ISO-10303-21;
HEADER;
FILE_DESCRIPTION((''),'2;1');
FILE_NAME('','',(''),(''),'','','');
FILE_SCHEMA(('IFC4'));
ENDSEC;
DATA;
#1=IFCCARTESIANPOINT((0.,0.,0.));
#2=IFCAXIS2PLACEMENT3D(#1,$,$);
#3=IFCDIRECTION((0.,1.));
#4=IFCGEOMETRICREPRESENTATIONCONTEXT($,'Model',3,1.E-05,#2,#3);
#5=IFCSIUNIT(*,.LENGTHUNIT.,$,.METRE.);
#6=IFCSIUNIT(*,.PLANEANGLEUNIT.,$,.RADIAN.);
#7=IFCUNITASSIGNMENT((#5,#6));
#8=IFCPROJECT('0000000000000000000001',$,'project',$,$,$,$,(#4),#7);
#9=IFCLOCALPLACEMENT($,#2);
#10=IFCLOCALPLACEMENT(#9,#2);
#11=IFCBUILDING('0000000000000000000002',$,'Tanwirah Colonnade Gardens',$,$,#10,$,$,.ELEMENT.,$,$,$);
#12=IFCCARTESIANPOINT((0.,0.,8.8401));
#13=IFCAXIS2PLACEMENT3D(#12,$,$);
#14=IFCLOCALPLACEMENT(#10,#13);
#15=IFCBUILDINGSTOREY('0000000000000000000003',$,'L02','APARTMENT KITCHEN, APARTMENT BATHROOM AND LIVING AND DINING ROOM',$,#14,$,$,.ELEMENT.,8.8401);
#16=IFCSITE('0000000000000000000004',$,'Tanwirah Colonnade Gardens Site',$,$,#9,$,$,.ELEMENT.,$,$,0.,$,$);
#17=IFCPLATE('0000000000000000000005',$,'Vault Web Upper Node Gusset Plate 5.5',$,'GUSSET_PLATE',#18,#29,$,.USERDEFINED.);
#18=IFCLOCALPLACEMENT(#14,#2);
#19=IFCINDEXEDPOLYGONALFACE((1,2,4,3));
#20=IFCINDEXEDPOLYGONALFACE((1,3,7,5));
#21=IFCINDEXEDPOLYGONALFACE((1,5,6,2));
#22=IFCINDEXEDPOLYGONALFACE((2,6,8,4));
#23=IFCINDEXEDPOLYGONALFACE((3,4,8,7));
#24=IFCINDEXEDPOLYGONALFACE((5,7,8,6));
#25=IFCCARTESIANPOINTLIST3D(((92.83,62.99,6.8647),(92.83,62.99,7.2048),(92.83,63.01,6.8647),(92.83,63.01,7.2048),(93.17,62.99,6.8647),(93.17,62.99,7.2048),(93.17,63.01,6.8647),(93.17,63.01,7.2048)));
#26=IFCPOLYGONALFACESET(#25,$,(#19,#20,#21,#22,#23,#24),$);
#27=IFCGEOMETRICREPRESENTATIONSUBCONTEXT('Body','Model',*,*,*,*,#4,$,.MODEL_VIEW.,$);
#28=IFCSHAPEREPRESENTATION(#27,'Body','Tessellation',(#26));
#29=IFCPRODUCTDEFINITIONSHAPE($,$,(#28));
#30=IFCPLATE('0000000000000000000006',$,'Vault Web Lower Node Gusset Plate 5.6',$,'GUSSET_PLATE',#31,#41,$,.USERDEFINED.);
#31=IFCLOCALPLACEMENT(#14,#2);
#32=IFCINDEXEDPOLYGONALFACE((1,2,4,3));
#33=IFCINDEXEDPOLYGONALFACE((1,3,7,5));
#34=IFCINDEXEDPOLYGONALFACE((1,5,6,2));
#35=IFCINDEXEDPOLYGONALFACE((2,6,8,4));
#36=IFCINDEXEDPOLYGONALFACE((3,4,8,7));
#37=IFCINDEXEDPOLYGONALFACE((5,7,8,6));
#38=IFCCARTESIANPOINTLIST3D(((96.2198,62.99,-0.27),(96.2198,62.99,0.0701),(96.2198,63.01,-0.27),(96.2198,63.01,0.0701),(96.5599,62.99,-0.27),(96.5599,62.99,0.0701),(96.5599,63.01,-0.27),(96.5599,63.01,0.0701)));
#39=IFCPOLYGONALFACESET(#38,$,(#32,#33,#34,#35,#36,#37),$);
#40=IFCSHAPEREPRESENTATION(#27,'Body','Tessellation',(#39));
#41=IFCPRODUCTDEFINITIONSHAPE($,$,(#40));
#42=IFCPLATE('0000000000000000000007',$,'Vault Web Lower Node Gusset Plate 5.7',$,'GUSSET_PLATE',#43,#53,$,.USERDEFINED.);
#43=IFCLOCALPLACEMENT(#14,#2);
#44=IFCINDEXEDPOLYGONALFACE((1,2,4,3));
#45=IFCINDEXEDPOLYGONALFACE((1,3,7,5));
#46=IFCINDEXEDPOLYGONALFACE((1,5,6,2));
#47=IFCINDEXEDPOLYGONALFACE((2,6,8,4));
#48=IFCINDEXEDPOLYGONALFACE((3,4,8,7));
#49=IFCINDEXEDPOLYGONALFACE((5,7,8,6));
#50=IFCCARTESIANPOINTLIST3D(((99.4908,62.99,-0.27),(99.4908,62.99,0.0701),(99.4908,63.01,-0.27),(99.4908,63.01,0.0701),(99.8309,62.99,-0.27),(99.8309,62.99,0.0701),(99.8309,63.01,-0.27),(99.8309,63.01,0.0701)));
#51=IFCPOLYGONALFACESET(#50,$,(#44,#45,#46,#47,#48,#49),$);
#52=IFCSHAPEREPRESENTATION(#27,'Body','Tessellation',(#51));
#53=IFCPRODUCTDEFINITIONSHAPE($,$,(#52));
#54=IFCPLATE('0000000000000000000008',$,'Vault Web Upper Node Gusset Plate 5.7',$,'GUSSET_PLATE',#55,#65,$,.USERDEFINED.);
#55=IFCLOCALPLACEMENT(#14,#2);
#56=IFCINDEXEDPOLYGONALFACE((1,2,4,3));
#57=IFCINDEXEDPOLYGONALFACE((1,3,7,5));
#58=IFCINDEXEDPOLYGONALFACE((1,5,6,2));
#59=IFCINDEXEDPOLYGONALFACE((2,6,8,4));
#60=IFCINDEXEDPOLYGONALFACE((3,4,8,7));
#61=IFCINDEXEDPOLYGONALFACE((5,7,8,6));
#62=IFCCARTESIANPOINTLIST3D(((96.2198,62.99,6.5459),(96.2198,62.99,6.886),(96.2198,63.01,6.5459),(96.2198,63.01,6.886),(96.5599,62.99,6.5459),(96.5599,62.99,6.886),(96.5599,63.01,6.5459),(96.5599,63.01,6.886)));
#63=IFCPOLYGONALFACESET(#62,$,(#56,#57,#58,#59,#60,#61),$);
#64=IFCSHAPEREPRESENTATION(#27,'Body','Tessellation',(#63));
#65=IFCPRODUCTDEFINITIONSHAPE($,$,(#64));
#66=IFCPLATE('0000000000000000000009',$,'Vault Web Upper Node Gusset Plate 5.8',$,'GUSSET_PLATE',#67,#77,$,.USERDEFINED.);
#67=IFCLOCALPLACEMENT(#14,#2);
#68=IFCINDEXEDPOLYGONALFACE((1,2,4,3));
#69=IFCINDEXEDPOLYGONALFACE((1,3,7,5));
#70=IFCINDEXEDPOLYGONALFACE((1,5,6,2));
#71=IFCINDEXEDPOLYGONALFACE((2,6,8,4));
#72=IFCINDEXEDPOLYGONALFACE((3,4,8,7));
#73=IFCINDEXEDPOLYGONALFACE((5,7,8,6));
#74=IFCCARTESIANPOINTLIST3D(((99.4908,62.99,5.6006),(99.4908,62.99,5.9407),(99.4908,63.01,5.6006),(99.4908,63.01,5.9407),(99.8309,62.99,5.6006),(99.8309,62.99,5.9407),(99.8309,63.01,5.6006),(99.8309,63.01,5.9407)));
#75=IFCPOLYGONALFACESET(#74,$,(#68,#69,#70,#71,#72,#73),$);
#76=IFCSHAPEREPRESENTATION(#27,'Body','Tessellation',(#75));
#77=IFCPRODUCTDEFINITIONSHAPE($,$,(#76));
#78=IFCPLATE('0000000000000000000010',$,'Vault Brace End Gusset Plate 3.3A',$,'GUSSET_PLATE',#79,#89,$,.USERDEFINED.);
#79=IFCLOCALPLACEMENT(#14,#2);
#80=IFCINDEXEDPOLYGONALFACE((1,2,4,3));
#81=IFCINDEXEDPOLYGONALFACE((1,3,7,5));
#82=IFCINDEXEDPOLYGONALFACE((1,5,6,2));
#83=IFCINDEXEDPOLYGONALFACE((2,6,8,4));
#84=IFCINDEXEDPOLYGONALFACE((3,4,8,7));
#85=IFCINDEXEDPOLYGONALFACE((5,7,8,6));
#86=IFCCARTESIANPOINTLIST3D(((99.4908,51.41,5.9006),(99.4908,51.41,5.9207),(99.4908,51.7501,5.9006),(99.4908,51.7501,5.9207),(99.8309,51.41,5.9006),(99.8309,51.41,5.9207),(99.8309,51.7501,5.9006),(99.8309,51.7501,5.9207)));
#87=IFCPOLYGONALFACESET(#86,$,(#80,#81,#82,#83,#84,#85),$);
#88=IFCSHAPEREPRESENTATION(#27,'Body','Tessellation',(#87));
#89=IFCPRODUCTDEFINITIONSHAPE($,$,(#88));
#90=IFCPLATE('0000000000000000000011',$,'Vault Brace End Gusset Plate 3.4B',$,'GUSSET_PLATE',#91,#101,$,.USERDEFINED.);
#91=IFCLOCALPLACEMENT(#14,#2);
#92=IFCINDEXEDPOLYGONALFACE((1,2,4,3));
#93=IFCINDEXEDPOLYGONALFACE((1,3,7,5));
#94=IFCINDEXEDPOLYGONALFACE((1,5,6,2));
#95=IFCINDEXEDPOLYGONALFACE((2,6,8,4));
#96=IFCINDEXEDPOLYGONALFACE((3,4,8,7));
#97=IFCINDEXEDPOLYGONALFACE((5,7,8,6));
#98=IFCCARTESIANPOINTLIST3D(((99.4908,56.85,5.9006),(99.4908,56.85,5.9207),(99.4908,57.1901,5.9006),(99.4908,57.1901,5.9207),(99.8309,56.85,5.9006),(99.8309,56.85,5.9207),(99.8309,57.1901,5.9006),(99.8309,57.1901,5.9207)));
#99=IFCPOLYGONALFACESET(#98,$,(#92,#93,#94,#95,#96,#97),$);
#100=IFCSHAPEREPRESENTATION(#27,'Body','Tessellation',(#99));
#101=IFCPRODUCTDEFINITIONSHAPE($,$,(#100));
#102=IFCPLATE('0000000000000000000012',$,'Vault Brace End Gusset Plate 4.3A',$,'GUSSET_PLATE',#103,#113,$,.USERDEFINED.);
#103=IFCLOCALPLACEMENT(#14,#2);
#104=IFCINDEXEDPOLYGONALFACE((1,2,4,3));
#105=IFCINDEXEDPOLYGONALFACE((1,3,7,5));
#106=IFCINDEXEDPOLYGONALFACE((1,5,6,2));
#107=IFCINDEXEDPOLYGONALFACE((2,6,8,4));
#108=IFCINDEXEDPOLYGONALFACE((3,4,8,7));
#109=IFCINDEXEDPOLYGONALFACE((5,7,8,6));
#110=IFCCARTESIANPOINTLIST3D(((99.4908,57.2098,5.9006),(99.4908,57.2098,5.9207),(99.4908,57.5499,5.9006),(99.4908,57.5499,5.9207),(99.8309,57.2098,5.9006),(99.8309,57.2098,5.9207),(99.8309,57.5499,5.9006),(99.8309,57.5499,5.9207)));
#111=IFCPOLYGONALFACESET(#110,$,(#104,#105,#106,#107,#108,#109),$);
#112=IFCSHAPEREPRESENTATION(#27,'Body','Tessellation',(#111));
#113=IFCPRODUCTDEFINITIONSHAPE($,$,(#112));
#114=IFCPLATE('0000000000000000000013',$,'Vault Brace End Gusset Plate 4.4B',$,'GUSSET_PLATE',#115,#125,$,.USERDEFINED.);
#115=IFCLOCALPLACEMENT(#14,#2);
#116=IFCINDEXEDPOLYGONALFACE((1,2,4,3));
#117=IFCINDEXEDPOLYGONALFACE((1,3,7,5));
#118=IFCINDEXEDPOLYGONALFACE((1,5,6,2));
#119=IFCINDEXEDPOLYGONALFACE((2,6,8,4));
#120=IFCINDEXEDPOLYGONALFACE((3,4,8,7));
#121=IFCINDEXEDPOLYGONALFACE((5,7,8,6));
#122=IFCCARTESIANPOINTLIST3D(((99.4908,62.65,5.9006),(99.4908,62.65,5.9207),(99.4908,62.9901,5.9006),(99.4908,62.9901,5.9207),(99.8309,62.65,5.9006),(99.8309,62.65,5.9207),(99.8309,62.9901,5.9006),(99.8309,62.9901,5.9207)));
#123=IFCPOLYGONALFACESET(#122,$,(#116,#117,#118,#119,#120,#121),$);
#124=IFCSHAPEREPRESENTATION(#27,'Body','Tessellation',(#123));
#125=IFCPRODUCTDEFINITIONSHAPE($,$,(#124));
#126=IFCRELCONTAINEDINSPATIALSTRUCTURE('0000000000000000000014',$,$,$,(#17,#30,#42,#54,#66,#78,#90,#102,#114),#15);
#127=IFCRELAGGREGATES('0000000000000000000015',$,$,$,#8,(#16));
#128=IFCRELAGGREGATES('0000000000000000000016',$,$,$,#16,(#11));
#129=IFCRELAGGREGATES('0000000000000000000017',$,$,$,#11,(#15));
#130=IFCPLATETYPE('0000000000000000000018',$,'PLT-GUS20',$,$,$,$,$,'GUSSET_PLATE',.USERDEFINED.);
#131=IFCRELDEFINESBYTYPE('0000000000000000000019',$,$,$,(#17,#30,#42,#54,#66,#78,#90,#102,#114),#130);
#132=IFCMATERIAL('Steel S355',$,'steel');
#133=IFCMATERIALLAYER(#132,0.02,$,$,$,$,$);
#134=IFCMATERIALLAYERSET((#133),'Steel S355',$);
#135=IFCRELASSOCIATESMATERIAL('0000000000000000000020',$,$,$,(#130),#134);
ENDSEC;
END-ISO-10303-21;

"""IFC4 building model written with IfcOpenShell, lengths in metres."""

from ifc_helpers import new_model, si_unit, direction, frame, origin, origin_2d, place, context, subcontext, project, spatial, rectangle, extrude, material, layer, layer_set, type_object, element, save


model = new_model("IFC4")

# Units and contexts
model_context = context("Model", 3, precision=1e-05, world=origin(), true_north=direction((0.0, 1.0)))
body_context = subcontext(model_context, "Body", "Model", "MODEL_VIEW")
ifc_project = project(units=[si_unit("LENGTHUNIT", "METRE"), si_unit("PLANEANGLEUNIT", "RADIAN")], contexts=[model_context])

# Site, building, storey
site_placement = place(None, origin())
site = spatial("IfcSite", under=ifc_project, at=site_placement, Name="Tanwirah Colonnade Gardens Site", CompositionType="ELEMENT", RefElevation=0.0)
building_placement = place(site_placement, origin())
building = spatial("IfcBuilding", under=site, at=building_placement, Name="Tanwirah Colonnade Gardens", CompositionType="ELEMENT")
storey_placement = place(building_placement, frame((0.0, 0.0, 8.8401)))
storey = spatial("IfcBuildingStorey", under=building, at=storey_placement, Name="L02", Description="APARTMENT KITCHEN, APARTMENT BATHROOM AND LIVING AND DINING ROOM", CompositionType="ELEMENT", Elevation=8.8401)

# Shared definitions
ifc_material_1 = material(Name="Steel S355", Category="steel")

# Plates
ifc_layer = layer(ifc_material_1, 0.02)
ifc_layer_set = layer_set([ifc_layer], Name="Steel S355")
plate_type = type_object("IfcPlateType", Name="PLT-GUS20", ElementType="GUSSET_PLATE", PredefinedType="USERDEFINED", material=ifc_layer_set)
for number, where, z_axis, x_axis, name in (
    (1, (93.0, 63.0, 6.8647), (0.0, 0.0, 1.0), (1.0, 0.0, 0.0), "Vault Web Upper Node Gusset Plate 5.5"),
    (2, (96.3899, 63.0, -0.27), (0.0, 0.0, 1.0), (1.0, 0.0, 0.0), "Vault Web Lower Node Gusset Plate 5.6"),
    (3, (99.6609, 63.0, -0.27), (0.0, 0.0, 1.0), (1.0, 0.0, 0.0), "Vault Web Lower Node Gusset Plate 5.7"),
    (4, (96.3899, 63.0, 6.5459), (0.0, 0.0, 1.0), (1.0, 0.0, 0.0), "Vault Web Upper Node Gusset Plate 5.7"),
    (5, (99.6609, 63.0, 5.6006), (0.0, 0.0, 1.0), (1.0, 0.0, 0.0), "Vault Web Upper Node Gusset Plate 5.8"),
):
    element("IfcPlate", number, at=place(storey_placement, frame(where, z_axis=z_axis, x_axis=x_axis)), inside=storey, type_object=plate_type, Name=name, ObjectType="GUSSET_PLATE", PredefinedType="USERDEFINED", context=body_context, shape_type="SweptSolid", body=[
        extrude(rectangle(XDim=0.3401, YDim=0.02, at=origin_2d()), origin(), (0.0, 0.0, 1.0), 0.3401),
    ])
for number, where, z_axis, x_axis, name in (
    (6, (99.6609, 51.5801, 5.9006), (0.0, 0.0, 1.0), (1.0, 0.0, 0.0), "Vault Brace End Gusset Plate 3.3A"),
    (7, (99.6609, 57.02, 5.9006), (0.0, 0.0, 1.0), (1.0, 0.0, 0.0), "Vault Brace End Gusset Plate 3.4B"),
    (8, (99.6609, 57.3799, 5.9006), (0.0, 0.0, 1.0), (1.0, 0.0, 0.0), "Vault Brace End Gusset Plate 4.3A"),
    (9, (99.6609, 62.8201, 5.9006), (0.0, 0.0, 1.0), (1.0, 0.0, 0.0), "Vault Brace End Gusset Plate 4.4B"),
):
    element("IfcPlate", number, at=place(storey_placement, frame(where, z_axis=z_axis, x_axis=x_axis)), inside=storey, type_object=plate_type, Name=name, ObjectType="GUSSET_PLATE", PredefinedType="USERDEFINED", context=body_context, shape_type="SweptSolid", body=[
        extrude(rectangle(XDim=0.3401, YDim=0.3401, at=origin_2d()), origin(), (0.0, 0.0, 1.0), 0.02),
    ])

save(model, "model.ifc")
